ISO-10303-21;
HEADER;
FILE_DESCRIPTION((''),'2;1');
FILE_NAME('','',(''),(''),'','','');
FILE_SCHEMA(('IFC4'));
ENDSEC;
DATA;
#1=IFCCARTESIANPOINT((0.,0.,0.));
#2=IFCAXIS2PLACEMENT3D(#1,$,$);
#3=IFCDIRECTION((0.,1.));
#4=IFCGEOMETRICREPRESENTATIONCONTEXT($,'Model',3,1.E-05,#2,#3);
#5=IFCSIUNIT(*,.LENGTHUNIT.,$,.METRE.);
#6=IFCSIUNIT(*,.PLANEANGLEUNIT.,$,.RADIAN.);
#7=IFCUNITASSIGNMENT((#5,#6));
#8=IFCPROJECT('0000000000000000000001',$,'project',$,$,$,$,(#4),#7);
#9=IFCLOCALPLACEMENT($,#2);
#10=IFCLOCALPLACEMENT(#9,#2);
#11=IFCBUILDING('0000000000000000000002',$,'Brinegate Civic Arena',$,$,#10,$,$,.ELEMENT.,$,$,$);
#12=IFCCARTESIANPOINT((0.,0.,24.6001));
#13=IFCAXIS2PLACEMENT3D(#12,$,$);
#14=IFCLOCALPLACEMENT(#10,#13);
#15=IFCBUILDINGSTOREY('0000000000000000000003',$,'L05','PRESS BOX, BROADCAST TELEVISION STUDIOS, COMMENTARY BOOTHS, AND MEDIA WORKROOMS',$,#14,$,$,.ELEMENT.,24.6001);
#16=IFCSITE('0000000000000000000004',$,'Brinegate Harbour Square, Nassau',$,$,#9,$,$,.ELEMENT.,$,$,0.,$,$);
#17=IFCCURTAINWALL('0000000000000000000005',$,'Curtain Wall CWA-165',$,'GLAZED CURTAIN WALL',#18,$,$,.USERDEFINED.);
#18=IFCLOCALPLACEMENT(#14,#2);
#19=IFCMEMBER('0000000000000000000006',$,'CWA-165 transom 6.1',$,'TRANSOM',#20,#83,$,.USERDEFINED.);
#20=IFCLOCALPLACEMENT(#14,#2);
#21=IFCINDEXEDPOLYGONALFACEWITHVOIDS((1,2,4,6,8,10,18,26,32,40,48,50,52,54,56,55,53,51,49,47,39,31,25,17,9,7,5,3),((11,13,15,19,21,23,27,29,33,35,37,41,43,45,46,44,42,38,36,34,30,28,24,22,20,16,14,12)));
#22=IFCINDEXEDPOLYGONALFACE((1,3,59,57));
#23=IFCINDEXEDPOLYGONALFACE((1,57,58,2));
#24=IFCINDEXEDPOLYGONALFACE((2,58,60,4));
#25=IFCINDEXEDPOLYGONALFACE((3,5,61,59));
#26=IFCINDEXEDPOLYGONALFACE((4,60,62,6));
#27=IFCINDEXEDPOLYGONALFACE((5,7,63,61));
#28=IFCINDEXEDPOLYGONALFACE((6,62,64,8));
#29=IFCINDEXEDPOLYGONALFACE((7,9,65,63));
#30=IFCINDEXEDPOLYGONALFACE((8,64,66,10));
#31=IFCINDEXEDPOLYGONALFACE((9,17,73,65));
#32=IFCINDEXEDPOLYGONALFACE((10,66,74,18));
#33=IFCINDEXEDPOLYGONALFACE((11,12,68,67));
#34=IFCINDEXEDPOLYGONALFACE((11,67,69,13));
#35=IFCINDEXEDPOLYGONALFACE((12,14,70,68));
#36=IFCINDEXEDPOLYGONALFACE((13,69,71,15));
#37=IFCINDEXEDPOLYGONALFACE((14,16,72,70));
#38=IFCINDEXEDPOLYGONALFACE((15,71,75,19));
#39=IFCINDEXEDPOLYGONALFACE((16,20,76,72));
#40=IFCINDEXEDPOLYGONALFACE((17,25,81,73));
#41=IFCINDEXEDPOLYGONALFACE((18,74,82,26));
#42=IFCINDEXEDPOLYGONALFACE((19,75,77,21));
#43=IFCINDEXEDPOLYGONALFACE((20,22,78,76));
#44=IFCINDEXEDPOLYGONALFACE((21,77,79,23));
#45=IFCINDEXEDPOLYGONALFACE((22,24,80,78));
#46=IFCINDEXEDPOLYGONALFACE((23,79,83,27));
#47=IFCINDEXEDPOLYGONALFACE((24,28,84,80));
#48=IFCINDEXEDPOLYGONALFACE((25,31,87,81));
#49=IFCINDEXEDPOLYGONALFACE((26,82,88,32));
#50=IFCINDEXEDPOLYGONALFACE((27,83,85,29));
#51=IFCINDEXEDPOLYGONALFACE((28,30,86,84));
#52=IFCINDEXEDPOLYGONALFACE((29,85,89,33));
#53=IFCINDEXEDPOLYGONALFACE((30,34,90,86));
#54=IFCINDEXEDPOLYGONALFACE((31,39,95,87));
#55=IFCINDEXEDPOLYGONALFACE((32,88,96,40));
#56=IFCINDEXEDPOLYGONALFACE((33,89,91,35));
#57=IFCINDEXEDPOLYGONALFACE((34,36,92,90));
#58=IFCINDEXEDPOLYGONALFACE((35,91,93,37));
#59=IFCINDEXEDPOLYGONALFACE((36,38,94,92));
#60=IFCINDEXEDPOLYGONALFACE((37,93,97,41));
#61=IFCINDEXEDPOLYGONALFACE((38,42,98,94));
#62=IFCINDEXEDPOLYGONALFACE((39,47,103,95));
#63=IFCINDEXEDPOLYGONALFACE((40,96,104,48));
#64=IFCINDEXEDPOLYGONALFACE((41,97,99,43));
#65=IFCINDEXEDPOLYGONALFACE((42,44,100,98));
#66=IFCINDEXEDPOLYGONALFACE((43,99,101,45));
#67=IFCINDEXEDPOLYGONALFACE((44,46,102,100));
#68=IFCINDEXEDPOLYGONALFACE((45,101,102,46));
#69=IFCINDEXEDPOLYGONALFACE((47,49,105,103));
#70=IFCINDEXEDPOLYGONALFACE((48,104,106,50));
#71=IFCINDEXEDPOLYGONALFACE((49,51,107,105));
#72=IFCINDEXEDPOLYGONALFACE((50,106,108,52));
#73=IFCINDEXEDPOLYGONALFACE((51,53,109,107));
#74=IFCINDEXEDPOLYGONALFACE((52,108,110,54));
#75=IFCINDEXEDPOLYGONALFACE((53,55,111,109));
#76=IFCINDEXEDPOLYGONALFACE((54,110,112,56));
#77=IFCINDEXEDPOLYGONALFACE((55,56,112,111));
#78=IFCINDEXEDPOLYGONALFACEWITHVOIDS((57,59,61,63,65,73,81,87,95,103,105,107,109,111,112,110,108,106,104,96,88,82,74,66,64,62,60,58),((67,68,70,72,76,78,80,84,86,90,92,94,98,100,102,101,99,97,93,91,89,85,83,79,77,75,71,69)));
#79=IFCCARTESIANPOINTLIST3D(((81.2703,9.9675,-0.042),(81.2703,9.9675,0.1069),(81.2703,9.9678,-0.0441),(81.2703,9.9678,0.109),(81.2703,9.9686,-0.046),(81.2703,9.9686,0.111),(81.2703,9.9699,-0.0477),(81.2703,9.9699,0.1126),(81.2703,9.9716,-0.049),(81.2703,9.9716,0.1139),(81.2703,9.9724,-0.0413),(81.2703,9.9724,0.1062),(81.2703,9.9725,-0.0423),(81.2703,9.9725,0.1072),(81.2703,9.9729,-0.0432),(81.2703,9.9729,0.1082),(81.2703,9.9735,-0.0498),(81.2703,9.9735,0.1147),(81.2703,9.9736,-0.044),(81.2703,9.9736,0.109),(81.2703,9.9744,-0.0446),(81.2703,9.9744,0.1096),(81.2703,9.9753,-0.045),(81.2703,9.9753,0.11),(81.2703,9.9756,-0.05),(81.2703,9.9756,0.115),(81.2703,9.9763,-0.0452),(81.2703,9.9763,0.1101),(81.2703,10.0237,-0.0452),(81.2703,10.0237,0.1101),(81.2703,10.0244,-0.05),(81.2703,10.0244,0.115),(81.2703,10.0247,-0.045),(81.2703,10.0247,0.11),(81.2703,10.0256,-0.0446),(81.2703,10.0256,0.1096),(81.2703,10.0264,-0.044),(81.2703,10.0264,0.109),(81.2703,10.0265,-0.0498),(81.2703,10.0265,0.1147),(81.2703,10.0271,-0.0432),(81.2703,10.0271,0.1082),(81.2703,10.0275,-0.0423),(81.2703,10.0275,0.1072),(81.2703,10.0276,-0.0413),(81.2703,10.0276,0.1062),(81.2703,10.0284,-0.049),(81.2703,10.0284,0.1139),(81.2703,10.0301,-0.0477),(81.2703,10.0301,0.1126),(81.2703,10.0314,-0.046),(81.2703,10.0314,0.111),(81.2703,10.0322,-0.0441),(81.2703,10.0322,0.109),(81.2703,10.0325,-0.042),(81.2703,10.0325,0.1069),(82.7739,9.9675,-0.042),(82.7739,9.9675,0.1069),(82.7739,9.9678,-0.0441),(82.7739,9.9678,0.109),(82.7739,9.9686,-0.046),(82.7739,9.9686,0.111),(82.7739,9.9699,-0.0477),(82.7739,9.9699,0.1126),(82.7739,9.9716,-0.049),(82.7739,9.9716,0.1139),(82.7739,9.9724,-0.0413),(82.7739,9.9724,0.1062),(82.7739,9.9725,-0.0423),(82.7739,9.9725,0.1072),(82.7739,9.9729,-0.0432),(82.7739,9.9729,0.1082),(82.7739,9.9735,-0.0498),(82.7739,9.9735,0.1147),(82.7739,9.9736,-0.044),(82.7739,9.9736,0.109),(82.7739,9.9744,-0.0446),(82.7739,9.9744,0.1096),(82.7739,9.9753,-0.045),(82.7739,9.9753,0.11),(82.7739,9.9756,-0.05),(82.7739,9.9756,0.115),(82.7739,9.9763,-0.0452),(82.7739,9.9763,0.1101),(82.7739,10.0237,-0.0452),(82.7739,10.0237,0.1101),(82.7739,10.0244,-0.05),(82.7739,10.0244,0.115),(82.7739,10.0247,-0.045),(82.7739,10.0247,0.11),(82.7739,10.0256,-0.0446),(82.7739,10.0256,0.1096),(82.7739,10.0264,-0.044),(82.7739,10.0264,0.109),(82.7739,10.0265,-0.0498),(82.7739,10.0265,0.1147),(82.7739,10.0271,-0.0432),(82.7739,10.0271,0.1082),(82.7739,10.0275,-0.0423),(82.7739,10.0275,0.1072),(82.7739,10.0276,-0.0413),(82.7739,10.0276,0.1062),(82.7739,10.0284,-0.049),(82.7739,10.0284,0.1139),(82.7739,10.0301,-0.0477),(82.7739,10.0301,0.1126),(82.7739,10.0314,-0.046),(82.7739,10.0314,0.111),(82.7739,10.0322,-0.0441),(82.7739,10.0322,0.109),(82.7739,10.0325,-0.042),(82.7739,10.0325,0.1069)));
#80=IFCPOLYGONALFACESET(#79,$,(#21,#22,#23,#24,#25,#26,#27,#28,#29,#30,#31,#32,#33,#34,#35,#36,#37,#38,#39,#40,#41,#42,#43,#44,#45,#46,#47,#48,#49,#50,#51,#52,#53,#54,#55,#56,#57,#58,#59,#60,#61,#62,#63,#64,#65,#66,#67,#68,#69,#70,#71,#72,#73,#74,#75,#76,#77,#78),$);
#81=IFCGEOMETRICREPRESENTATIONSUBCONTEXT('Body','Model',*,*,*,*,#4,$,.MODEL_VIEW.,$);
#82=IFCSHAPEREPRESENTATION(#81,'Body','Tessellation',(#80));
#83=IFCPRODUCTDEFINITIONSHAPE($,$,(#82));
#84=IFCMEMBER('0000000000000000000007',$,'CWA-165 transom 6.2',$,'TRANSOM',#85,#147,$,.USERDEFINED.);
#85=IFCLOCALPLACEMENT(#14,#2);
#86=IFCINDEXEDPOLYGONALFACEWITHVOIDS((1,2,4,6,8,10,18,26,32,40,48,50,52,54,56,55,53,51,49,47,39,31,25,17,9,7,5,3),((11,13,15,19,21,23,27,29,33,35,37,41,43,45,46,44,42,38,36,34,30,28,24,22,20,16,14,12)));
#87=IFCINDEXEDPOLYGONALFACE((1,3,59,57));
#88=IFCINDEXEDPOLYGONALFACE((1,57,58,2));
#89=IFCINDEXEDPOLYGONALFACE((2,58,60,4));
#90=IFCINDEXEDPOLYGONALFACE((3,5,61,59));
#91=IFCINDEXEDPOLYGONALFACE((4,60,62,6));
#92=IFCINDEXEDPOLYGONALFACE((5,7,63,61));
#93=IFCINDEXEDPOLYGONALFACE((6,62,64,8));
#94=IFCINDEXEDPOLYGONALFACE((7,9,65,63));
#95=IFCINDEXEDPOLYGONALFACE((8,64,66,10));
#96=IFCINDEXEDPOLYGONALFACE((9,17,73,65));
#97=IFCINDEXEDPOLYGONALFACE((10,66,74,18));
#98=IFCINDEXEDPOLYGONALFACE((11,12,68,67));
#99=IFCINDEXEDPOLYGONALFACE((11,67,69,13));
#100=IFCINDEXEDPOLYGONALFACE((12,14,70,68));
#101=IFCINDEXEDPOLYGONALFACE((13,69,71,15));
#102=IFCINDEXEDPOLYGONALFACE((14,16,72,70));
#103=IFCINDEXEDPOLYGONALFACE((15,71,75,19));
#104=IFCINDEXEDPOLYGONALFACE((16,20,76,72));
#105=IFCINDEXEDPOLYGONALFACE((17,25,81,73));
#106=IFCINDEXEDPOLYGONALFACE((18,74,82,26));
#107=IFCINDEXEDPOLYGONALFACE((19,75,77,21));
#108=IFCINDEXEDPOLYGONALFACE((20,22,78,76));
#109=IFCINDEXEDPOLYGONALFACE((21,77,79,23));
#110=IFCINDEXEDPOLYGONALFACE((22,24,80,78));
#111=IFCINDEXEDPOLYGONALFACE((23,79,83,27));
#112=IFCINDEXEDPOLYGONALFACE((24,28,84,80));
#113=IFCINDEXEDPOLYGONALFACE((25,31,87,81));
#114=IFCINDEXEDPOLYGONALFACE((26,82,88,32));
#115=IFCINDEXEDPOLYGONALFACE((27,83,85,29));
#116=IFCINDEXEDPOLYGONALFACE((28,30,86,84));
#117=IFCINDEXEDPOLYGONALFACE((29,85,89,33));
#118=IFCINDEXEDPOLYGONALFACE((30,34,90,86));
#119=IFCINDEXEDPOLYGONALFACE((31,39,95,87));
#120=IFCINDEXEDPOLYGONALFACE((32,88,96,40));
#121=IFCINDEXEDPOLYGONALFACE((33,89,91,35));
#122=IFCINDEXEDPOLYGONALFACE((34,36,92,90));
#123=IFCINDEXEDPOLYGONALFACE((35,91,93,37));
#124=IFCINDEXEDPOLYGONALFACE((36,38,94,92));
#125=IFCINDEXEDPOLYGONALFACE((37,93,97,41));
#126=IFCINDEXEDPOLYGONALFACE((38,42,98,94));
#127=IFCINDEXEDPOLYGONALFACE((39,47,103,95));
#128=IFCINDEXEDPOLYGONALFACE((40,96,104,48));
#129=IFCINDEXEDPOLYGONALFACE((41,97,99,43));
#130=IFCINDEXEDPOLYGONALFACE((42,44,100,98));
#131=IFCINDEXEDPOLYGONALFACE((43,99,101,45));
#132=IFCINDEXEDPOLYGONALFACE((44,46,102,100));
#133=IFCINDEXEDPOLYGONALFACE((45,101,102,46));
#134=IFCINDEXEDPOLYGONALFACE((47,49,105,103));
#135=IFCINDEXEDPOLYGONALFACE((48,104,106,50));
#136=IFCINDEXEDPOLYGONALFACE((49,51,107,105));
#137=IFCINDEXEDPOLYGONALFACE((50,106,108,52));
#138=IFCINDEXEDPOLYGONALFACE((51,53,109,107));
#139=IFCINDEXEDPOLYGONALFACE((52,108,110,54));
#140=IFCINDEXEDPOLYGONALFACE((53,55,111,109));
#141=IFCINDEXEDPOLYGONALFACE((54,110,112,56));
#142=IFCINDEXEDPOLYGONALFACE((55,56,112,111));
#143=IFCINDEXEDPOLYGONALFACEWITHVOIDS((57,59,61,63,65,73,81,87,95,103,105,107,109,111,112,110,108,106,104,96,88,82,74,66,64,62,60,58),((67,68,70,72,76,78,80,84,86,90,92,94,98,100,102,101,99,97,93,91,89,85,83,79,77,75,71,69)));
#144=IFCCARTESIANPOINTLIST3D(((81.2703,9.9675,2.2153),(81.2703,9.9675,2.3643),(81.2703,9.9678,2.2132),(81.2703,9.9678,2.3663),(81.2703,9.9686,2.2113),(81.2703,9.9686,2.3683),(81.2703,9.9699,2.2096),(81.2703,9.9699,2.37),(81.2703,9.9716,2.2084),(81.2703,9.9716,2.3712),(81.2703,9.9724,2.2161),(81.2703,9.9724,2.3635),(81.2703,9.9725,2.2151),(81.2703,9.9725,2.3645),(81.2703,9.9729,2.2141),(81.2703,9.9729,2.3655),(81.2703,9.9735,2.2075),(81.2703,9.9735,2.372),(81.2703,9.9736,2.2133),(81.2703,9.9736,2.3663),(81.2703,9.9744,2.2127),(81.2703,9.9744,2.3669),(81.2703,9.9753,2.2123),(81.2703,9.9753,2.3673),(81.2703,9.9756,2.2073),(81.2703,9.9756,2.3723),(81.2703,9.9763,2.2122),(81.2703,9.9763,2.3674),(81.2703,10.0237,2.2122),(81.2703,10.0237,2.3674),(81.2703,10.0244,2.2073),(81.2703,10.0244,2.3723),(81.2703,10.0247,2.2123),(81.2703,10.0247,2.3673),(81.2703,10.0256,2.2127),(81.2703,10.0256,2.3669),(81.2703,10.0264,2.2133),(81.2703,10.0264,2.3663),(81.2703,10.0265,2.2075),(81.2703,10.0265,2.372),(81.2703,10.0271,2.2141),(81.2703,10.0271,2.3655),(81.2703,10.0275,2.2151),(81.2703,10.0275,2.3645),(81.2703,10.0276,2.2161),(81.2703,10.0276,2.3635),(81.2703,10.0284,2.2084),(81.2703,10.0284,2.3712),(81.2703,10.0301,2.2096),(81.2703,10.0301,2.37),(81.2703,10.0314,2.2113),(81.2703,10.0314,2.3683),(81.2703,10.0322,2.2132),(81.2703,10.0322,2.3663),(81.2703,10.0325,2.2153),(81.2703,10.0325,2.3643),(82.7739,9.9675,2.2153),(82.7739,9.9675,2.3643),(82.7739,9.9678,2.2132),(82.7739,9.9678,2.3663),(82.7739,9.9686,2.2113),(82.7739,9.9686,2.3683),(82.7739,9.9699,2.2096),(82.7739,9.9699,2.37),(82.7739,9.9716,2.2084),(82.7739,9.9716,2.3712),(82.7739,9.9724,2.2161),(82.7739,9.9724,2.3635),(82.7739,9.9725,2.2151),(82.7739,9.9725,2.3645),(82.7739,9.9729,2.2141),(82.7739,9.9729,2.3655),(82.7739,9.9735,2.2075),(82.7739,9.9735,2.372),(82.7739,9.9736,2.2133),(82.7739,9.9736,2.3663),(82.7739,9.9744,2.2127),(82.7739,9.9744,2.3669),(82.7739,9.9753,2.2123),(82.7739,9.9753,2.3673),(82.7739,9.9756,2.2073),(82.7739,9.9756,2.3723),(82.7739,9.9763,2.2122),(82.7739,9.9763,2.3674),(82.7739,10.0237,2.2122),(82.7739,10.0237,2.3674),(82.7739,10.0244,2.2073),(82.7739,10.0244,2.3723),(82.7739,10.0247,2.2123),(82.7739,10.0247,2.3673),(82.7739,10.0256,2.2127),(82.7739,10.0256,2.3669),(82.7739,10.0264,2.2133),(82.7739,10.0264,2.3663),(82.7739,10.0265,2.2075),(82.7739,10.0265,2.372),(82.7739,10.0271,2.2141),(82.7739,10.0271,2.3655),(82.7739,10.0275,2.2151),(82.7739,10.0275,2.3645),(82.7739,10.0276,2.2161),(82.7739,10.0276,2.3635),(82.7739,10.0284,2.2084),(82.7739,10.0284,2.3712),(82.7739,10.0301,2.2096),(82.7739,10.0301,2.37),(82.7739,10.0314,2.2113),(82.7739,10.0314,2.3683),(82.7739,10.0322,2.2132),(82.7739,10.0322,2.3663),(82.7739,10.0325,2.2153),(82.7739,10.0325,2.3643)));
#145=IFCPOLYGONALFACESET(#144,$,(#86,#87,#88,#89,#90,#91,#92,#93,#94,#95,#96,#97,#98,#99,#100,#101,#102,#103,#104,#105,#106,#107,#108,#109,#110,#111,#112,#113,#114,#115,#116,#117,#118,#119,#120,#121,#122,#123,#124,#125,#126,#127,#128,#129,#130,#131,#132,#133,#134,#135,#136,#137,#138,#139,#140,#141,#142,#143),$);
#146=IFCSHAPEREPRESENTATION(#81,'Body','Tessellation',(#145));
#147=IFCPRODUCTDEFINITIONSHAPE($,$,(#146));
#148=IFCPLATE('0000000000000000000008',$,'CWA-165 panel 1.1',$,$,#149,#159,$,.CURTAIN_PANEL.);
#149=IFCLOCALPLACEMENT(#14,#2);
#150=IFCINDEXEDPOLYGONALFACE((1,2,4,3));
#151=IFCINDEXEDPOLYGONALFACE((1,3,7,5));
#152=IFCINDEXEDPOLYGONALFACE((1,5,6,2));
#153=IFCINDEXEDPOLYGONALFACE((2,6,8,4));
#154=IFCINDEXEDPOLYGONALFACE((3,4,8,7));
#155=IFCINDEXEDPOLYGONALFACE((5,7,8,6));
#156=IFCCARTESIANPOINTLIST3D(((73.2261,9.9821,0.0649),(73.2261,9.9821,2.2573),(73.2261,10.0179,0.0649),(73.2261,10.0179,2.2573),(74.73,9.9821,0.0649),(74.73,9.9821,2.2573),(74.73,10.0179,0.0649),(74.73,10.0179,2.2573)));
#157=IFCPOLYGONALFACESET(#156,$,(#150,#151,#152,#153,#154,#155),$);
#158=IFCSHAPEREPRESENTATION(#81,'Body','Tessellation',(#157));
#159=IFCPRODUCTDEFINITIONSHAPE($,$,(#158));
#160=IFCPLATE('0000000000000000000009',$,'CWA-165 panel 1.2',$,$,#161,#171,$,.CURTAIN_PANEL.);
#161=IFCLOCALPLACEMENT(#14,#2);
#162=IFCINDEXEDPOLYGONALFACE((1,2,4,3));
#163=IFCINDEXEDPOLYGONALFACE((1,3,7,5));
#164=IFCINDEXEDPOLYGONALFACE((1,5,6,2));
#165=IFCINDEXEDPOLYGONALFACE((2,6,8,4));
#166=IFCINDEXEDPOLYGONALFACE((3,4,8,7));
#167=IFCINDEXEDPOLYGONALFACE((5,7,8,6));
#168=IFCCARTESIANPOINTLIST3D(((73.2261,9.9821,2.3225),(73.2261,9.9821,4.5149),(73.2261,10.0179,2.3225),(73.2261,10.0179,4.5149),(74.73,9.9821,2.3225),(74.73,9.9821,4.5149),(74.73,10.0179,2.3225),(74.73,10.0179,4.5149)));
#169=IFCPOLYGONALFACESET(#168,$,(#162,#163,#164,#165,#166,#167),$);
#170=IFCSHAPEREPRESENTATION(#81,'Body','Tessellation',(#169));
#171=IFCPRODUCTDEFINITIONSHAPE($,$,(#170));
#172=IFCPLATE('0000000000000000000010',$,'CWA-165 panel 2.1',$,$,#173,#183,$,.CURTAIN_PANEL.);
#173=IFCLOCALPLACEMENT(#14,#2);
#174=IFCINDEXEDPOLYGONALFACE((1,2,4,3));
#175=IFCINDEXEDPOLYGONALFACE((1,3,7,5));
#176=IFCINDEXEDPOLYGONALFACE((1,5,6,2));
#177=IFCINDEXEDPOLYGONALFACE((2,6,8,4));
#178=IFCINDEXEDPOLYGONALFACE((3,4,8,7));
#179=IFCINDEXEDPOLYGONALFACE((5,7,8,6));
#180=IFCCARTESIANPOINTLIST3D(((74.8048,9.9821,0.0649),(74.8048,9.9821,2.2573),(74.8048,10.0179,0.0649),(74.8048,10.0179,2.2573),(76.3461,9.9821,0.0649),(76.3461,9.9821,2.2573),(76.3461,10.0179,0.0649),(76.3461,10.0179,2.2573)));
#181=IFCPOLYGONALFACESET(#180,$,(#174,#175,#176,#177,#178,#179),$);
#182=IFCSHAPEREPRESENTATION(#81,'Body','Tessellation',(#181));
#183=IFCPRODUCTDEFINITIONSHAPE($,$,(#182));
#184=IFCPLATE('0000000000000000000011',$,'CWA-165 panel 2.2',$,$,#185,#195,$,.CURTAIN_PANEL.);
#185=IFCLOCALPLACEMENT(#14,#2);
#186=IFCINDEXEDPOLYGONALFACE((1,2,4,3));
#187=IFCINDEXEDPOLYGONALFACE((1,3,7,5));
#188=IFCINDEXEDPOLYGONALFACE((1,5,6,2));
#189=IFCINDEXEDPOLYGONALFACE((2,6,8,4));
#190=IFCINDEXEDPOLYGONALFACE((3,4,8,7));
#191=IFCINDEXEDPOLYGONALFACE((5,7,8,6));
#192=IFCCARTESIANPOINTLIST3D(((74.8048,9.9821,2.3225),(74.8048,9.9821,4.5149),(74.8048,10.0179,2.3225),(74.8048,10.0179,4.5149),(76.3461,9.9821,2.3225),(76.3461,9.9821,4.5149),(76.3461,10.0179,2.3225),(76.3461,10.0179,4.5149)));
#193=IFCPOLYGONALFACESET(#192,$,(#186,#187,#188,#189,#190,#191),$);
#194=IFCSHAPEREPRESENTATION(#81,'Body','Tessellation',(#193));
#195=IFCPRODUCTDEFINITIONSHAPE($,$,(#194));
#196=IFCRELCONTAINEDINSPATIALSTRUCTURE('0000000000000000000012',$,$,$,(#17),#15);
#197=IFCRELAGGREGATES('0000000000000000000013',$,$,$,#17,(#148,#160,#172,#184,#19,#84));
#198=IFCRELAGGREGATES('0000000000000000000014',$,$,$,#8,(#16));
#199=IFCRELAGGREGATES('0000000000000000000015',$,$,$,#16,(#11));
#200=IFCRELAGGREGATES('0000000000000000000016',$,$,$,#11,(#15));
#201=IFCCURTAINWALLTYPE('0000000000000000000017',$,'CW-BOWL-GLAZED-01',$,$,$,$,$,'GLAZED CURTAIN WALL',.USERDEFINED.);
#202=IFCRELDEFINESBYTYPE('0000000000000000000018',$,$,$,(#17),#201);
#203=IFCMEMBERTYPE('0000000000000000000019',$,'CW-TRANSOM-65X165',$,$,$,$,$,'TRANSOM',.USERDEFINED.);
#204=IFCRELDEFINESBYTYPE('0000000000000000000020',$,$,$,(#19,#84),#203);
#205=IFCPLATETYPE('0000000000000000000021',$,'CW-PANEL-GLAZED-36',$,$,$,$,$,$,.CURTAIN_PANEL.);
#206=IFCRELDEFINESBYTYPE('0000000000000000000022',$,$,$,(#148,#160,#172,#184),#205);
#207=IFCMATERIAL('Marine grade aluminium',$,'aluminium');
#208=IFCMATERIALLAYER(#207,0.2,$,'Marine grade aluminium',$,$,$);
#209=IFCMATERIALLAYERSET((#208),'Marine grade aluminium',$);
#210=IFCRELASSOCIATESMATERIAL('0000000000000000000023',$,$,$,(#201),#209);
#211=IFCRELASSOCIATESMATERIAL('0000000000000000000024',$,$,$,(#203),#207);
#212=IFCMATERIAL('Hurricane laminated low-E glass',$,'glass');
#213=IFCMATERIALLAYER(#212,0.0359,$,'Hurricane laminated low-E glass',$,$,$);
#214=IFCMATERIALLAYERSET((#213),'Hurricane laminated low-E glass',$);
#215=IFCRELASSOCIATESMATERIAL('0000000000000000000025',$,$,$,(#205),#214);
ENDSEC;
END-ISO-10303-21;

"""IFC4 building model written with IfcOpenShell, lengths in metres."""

from ifc_helpers import new_model, si_unit, direction, frame, origin, origin_2d, place, context, subcontext, project, spatial, rectangle, hollow_rectangle, extrude, material, layer, layer_set, material_profile, profile_set, type_object, element, aggregate, save


model = new_model("IFC4")

# Units and contexts
model_context = context("Model", 3, precision=1e-05, world=origin(), true_north=direction((0.0, 1.0)))
body_context = subcontext(model_context, "Body", "Model", "MODEL_VIEW")
ifc_project = project(units=[si_unit("LENGTHUNIT", "METRE"), si_unit("PLANEANGLEUNIT", "RADIAN")], contexts=[model_context])

# Site, building, storey
site_placement = place(None, origin())
site = spatial("IfcSite", under=ifc_project, at=site_placement, Name="Brinegate Harbour Square, Nassau", CompositionType="ELEMENT", RefElevation=0.0)
building_placement = place(site_placement, origin())
building = spatial("IfcBuilding", under=site, at=building_placement, Name="Brinegate Civic Arena", CompositionType="ELEMENT")
storey_placement = place(building_placement, frame((0.0, 0.0, 24.6001)))
storey = spatial("IfcBuildingStorey", under=building, at=storey_placement, Name="L05", Description="PRESS BOX, BROADCAST TELEVISION STUDIOS, COMMENTARY BOOTHS, AND MEDIA WORKROOMS", CompositionType="ELEMENT", Elevation=24.6001)

# Curtain wall, members, plates
ifc_material_1 = material(Name="Marine grade aluminium", Category="aluminium")
ifc_layer_1 = layer(ifc_material_1, 0.2, Name="Marine grade aluminium")
ifc_layer_set_1 = layer_set([ifc_layer_1], Name="Marine grade aluminium")
curtain_wall_type = type_object("IfcCurtainWallType", Name="CW-BOWL-GLAZED-01", ElementType="GLAZED CURTAIN WALL", PredefinedType="USERDEFINED", material=ifc_layer_set_1)
curtain_wall_placement = place(storey_placement, origin())
curtain_wall = element("IfcCurtainWall", 1, at=curtain_wall_placement, inside=storey, type_object=curtain_wall_type, Name="Curtain Wall CWA-165", ObjectType="GLAZED CURTAIN WALL", PredefinedType="USERDEFINED")
ifc_material_profile_1 = material_profile(ifc_material_1, hollow_rectangle(XDim=0.0649, YDim=0.165, WallThickness=0.0049, InnerFilletRadius=0.0039, OuterFilletRadius=0.0081, at=origin_2d()), Name="TRN65X165")
ifc_profile_set_1 = profile_set([ifc_material_profile_1], Name="Marine grade aluminium")
member_type_1 = type_object("IfcMemberType", Name="CW-TRANSOM-65X165", ElementType="TRANSOM", PredefinedType="USERDEFINED", material=ifc_profile_set_1)
member_1_placement = place(storey_placement, frame((81.2703, 10.0, 0.0325), z_axis=(1.0, 0.0, 0.0), x_axis=(0.0, 1.0, 0.0)))
member_1 = element("IfcMember", 2, at=member_1_placement, type_object=member_type_1, Name="CWA-165 transom 6.1", ObjectType="TRANSOM", PredefinedType="USERDEFINED", context=body_context, shape_type="SweptSolid", body=[
    extrude(hollow_rectangle(XDim=0.0649, YDim=0.165, WallThickness=0.0049, InnerFilletRadius=0.0039, OuterFilletRadius=0.0081, at=origin_2d()), origin(), (0.0, 0.0, 1.0), 1.5037),
])
member_2_placement = place(storey_placement, frame((81.2703, 10.0, 2.2898), z_axis=(1.0, 0.0, 0.0), x_axis=(0.0, 1.0, 0.0)))
member_2 = element("IfcMember", 3, at=member_2_placement, type_object=member_type_1, Name="CWA-165 transom 6.2", ObjectType="TRANSOM", PredefinedType="USERDEFINED", context=body_context, shape_type="SweptSolid", body=[
    extrude(hollow_rectangle(XDim=0.0649, YDim=0.165, WallThickness=0.0049, InnerFilletRadius=0.0039, OuterFilletRadius=0.0081, at=origin_2d()), origin(), (0.0, 0.0, 1.0), 1.5037),
])
ifc_material_2 = material(Name="Hurricane laminated low-E glass", Category="glass")
ifc_layer_2 = layer(ifc_material_2, 0.0359, Name="Hurricane laminated low-E glass")
ifc_layer_set_2 = layer_set([ifc_layer_2], Name="Hurricane laminated low-E glass")
plate_type = type_object("IfcPlateType", Name="CW-PANEL-GLAZED-36", PredefinedType="CURTAIN_PANEL", material=ifc_layer_set_2)
plate_1_placement = place(storey_placement, frame((73.978, 10.0, 0.0649), z_axis=(0.0, 0.0, 1.0), x_axis=(1.0, 0.0, 0.0)))
plate_1 = element("IfcPlate", 4, at=plate_1_placement, type_object=plate_type, Name="CWA-165 panel 1.1", PredefinedType="CURTAIN_PANEL", context=body_context, shape_type="SweptSolid", body=[
    extrude(rectangle(XDim=1.5039, YDim=0.0359, at=origin_2d()), origin(), (0.0, 0.0, 1.0), 2.1924),
])
plate_2_placement = place(storey_placement, frame((73.978, 10.0, 2.3225), z_axis=(0.0, 0.0, 1.0), x_axis=(1.0, 0.0, 0.0)))
plate_2 = element("IfcPlate", 5, at=plate_2_placement, type_object=plate_type, Name="CWA-165 panel 1.2", PredefinedType="CURTAIN_PANEL", context=body_context, shape_type="SweptSolid", body=[
    extrude(rectangle(XDim=1.5039, YDim=0.0359, at=origin_2d()), origin(), (0.0, 0.0, 1.0), 2.1924),
])
plate_3_placement = place(storey_placement, frame((75.5754, 10.0, 0.0649), z_axis=(0.0, 0.0, 1.0), x_axis=(1.0, 0.0, 0.0)))
plate_3 = element("IfcPlate", 6, at=plate_3_placement, type_object=plate_type, Name="CWA-165 panel 2.1", PredefinedType="CURTAIN_PANEL", context=body_context, shape_type="SweptSolid", body=[
    extrude(rectangle(XDim=1.5413, YDim=0.0359, at=origin_2d()), origin(), (0.0, 0.0, 1.0), 2.1924),
])
plate_4_placement = place(storey_placement, frame((75.5754, 10.0, 2.3225), z_axis=(0.0, 0.0, 1.0), x_axis=(1.0, 0.0, 0.0)))
plate_4 = element("IfcPlate", 7, at=plate_4_placement, type_object=plate_type, Name="CWA-165 panel 2.2", PredefinedType="CURTAIN_PANEL", context=body_context, shape_type="SweptSolid", body=[
    extrude(rectangle(XDim=1.5413, YDim=0.0359, at=origin_2d()), origin(), (0.0, 0.0, 1.0), 2.1924),
])
aggregate(curtain_wall, [plate_1, plate_2, plate_3, plate_4, member_1, member_2])

save(model, "model.ifc")
